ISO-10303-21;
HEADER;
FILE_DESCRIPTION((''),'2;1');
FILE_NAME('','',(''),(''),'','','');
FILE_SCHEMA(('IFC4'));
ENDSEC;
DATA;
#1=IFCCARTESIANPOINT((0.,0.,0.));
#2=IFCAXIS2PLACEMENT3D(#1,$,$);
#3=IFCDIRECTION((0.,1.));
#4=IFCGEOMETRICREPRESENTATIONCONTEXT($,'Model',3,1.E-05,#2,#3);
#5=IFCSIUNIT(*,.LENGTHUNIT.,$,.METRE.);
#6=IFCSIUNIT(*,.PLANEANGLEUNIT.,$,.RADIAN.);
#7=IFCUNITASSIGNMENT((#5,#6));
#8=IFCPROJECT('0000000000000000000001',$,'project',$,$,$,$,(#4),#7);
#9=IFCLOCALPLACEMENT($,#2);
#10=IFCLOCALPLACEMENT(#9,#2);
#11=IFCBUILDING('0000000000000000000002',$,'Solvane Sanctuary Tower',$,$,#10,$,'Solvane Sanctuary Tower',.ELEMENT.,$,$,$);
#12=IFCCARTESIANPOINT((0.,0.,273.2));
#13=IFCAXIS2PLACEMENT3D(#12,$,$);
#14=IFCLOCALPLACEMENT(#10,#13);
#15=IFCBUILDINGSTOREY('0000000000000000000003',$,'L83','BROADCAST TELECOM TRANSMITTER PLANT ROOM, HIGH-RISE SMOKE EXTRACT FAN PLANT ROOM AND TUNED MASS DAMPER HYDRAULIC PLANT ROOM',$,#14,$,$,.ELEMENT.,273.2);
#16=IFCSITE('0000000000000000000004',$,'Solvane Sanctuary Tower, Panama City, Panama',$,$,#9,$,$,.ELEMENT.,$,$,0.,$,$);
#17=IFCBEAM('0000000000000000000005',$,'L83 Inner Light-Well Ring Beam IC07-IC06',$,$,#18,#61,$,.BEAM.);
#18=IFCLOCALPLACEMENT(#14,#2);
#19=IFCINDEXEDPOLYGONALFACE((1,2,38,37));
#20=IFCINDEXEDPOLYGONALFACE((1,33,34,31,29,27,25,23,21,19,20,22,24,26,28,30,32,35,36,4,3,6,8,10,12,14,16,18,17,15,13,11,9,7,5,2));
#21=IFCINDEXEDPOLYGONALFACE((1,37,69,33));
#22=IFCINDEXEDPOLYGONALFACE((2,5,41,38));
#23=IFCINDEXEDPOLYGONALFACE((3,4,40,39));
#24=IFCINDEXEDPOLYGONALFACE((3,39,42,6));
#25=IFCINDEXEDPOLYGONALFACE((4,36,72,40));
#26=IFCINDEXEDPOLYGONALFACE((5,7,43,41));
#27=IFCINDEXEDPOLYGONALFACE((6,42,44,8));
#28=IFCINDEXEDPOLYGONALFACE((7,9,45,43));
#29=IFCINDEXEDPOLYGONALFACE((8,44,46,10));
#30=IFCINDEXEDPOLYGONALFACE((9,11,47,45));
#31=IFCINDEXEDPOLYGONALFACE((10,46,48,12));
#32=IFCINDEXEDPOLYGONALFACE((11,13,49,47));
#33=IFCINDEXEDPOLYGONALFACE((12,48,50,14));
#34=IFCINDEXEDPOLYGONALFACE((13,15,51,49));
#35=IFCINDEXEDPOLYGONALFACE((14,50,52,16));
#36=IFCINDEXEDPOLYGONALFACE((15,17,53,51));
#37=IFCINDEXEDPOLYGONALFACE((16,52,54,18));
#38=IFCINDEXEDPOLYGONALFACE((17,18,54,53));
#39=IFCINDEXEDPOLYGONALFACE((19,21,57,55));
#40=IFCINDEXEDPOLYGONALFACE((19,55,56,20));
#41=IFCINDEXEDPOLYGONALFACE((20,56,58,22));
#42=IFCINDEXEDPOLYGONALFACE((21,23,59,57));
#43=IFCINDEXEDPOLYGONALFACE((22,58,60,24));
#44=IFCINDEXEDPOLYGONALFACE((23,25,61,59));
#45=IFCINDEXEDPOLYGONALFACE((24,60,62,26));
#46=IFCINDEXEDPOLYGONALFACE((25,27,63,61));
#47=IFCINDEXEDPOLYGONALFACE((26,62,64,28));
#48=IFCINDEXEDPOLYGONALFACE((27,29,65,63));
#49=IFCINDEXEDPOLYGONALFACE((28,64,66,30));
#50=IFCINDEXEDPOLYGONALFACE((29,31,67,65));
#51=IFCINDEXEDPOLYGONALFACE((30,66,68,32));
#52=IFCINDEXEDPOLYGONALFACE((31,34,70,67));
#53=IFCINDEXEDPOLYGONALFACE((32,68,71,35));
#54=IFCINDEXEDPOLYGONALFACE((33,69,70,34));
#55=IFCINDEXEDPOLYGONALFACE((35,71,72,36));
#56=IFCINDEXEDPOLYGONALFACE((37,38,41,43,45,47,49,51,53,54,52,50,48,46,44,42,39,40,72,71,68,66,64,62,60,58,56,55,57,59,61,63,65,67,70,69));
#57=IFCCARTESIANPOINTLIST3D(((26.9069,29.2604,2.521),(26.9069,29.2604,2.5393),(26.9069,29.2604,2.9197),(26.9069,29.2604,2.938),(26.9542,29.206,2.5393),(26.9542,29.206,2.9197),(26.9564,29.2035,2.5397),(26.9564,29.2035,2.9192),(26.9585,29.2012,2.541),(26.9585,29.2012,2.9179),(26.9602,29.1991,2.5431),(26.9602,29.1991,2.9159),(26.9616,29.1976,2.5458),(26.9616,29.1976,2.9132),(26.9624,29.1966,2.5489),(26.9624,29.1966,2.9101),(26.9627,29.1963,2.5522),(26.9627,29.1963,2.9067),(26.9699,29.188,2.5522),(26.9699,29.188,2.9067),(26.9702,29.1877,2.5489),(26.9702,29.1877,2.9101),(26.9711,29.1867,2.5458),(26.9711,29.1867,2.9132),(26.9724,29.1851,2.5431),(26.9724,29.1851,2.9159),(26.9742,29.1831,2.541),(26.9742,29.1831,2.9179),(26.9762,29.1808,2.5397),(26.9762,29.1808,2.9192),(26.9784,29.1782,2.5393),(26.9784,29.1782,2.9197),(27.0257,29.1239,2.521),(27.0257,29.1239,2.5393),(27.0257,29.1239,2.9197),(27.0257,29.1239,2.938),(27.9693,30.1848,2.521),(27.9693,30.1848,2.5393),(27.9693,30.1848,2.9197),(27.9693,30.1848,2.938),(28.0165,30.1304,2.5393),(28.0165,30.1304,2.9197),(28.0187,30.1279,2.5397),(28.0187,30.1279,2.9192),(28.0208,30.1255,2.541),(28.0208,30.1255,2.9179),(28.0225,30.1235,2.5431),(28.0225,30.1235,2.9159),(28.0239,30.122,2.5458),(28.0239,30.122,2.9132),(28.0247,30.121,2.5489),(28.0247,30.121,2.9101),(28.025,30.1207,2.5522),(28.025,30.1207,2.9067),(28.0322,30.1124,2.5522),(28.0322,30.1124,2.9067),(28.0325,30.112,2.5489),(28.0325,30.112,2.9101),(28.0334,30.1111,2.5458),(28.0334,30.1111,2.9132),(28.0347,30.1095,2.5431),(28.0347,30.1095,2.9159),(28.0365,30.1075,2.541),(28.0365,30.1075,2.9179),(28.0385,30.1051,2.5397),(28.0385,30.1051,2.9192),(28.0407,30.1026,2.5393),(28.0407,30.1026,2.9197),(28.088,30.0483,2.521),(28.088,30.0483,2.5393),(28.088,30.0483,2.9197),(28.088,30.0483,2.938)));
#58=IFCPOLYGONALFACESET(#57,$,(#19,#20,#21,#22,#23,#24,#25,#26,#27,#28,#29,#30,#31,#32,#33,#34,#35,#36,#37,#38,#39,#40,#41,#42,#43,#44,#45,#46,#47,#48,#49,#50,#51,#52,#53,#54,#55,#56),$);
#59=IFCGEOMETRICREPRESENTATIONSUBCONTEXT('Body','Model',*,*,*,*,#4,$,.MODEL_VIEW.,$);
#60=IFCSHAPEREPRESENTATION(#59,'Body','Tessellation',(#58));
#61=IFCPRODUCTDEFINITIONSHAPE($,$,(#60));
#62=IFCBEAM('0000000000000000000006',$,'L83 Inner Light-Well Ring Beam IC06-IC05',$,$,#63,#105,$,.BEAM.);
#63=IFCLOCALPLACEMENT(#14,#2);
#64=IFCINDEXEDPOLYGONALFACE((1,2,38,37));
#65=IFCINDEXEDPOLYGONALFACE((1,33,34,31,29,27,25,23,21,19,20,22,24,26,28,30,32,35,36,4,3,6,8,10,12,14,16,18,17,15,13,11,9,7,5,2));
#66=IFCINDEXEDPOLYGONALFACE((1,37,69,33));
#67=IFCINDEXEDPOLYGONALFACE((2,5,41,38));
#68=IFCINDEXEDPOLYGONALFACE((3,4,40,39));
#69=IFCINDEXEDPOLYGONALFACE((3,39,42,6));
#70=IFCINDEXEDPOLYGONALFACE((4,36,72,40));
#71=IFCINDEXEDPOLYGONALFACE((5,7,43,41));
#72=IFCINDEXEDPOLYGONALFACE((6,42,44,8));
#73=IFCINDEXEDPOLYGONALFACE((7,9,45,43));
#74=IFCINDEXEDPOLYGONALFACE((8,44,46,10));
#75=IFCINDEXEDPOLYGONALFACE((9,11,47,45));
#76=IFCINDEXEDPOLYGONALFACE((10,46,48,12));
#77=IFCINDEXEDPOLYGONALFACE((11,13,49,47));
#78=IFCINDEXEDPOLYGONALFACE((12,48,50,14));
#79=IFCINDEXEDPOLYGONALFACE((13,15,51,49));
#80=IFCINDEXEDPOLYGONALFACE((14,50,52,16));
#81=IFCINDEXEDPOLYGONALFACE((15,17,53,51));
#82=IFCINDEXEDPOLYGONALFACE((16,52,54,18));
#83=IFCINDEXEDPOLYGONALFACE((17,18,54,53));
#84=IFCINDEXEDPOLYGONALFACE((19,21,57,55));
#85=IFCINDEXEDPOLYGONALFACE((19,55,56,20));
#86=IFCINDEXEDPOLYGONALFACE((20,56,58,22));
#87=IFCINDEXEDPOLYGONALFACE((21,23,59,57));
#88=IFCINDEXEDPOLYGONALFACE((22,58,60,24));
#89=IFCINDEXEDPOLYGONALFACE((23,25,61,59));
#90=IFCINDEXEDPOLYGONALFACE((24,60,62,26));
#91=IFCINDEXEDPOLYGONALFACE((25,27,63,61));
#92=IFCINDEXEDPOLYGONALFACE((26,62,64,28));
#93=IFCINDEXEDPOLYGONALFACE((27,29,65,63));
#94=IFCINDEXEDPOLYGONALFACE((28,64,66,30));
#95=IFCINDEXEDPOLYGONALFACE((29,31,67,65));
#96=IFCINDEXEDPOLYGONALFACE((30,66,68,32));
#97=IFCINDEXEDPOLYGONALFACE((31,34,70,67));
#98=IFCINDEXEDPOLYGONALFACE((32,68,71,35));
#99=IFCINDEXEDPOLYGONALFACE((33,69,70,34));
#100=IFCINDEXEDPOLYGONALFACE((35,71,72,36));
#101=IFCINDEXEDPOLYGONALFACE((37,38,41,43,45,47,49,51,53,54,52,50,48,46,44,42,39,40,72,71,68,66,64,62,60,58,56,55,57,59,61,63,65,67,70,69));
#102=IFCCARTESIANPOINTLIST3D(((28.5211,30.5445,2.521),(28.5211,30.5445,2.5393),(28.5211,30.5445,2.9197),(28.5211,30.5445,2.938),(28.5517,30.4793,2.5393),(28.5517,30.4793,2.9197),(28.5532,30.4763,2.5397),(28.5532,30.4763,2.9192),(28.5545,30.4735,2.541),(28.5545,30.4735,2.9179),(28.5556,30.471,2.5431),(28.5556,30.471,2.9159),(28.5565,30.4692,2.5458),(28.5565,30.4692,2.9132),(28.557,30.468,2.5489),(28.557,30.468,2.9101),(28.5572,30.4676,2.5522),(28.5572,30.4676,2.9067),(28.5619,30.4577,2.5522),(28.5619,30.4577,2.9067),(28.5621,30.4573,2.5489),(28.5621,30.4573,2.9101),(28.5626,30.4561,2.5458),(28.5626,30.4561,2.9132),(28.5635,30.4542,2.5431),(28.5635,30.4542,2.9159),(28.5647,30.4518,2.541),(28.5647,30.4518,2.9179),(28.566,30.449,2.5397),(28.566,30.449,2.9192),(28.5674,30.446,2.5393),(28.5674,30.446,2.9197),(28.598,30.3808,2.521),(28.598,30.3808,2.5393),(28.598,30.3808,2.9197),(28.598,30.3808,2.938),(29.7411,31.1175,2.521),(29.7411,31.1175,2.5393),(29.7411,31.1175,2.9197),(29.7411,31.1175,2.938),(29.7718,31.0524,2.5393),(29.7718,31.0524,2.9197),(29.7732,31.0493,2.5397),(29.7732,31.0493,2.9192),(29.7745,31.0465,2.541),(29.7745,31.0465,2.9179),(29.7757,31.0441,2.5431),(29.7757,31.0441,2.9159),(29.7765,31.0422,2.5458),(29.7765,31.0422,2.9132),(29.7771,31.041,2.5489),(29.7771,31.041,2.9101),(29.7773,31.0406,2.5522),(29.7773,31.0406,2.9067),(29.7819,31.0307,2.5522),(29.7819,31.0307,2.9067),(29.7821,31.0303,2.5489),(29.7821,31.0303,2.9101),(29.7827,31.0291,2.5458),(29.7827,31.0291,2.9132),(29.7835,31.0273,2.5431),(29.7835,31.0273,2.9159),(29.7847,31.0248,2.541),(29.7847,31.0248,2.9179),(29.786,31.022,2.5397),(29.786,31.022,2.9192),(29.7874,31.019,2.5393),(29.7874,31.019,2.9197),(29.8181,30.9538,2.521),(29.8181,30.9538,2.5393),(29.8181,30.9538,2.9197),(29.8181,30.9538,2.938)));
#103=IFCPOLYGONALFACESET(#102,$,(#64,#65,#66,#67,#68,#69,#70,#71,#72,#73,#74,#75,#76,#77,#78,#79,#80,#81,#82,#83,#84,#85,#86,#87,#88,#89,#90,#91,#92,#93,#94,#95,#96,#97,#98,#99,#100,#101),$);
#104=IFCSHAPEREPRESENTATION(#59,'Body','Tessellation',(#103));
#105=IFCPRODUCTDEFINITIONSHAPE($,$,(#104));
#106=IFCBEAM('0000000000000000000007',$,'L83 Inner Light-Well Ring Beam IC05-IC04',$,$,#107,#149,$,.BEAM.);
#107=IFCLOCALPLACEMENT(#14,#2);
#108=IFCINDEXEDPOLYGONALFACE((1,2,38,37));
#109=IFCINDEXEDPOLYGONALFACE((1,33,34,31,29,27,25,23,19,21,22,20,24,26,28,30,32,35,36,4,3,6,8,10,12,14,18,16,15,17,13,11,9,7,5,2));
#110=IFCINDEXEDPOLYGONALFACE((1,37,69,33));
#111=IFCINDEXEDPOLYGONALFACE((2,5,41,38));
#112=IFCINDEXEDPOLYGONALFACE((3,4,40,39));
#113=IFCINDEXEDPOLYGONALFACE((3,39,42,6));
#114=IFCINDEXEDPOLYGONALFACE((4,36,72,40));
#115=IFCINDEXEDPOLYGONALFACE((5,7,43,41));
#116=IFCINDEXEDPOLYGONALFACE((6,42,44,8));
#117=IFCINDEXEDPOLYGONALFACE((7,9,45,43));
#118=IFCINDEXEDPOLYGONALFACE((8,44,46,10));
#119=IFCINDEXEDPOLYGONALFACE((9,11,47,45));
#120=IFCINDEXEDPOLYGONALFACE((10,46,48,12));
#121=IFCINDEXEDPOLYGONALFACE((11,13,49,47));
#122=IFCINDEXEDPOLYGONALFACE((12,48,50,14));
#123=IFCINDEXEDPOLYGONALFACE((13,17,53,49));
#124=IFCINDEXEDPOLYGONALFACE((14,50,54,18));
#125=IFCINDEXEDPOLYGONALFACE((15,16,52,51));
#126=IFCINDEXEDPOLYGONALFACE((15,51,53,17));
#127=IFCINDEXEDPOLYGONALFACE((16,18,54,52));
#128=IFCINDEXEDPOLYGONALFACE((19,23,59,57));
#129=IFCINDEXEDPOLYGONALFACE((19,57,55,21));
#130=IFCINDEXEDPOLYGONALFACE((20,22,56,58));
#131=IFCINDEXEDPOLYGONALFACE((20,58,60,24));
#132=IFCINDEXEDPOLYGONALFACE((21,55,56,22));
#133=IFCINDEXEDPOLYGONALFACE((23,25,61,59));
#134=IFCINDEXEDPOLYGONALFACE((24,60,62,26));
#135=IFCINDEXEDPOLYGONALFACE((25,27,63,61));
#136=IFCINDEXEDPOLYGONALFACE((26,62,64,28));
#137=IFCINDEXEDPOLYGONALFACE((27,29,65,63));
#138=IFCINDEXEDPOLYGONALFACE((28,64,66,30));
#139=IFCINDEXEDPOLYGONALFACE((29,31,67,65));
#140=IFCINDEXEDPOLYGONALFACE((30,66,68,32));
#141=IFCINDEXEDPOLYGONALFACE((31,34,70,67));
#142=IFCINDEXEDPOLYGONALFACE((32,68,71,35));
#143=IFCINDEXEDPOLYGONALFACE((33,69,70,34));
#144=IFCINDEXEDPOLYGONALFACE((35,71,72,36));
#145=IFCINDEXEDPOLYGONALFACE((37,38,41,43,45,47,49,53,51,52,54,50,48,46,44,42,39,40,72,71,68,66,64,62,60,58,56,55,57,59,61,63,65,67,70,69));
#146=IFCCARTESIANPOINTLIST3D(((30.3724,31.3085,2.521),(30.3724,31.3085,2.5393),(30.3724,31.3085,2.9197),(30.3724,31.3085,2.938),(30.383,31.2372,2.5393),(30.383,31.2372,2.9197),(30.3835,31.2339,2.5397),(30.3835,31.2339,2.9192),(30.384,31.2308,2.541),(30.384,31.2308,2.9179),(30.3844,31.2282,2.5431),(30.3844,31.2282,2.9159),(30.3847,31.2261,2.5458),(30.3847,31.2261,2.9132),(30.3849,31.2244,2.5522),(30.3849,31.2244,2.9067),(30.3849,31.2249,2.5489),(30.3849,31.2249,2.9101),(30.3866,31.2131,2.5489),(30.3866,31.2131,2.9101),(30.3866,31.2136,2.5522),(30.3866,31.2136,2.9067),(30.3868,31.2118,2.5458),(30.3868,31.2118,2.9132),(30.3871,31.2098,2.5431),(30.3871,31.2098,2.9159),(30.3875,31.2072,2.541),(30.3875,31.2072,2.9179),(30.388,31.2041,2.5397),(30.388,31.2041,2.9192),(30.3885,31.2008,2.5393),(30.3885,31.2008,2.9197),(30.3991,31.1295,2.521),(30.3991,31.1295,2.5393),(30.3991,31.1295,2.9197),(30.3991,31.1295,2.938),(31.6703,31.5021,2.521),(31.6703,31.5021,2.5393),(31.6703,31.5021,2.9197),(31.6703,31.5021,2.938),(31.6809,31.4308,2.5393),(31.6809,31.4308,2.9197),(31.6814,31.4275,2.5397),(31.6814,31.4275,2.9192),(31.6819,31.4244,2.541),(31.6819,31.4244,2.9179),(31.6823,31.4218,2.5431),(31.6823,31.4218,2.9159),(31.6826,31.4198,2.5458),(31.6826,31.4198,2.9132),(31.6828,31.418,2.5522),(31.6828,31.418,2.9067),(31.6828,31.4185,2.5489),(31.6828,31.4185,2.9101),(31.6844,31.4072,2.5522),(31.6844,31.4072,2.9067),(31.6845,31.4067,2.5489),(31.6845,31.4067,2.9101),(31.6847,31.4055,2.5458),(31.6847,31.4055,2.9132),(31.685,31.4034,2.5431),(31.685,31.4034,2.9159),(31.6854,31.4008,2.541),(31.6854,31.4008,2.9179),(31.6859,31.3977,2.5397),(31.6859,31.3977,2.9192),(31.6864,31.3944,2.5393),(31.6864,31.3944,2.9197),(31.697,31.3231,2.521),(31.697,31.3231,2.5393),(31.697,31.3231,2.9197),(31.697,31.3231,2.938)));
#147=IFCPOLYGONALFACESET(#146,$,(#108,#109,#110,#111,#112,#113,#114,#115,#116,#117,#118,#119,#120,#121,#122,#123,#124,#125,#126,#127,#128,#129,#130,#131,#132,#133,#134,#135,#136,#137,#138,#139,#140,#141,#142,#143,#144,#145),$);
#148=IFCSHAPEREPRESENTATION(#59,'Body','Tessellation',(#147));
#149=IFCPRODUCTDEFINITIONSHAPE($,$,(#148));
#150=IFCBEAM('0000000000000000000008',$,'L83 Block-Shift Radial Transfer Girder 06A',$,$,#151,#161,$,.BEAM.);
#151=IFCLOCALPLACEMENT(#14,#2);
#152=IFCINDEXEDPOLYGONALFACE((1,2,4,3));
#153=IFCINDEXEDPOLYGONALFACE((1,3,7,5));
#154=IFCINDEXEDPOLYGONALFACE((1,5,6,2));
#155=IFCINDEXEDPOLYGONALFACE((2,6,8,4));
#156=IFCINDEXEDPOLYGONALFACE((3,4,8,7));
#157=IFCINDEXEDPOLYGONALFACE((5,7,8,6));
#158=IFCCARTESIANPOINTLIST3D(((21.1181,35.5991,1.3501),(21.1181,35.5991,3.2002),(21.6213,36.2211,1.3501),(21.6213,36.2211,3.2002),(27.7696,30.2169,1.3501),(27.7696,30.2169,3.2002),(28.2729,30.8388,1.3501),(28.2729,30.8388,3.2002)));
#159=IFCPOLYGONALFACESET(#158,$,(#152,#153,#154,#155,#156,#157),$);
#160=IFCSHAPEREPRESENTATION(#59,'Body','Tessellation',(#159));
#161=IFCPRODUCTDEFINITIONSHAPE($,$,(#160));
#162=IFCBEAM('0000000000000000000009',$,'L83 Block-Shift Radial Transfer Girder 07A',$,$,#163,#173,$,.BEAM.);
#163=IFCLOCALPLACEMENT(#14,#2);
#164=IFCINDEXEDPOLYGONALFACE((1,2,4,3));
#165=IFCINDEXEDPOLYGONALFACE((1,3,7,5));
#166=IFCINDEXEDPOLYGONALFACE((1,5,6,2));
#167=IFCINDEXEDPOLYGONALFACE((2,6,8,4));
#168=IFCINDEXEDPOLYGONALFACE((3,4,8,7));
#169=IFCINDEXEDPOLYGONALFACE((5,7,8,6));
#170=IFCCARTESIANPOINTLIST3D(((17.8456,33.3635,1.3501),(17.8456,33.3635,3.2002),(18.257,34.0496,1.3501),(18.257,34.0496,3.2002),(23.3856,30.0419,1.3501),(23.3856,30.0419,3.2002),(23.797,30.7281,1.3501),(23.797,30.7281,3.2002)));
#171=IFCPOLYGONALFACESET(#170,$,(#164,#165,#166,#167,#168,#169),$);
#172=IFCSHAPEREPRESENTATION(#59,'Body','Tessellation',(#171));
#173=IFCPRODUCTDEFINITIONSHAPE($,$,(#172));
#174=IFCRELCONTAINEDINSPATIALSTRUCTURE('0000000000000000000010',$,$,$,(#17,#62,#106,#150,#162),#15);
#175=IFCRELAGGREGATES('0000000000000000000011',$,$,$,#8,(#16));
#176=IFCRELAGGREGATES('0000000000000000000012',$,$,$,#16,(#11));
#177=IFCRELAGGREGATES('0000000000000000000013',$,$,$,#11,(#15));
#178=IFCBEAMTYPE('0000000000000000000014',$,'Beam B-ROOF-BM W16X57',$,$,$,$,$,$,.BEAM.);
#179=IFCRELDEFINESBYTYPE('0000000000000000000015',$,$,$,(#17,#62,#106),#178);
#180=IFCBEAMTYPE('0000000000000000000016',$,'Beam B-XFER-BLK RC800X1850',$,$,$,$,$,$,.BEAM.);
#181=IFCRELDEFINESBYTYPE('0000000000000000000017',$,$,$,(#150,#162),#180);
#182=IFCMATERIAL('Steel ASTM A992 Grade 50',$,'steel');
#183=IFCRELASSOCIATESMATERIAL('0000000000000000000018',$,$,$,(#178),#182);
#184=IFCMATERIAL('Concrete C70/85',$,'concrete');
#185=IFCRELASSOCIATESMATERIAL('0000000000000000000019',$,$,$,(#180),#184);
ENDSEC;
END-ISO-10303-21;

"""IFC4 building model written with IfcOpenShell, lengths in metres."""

from ifc_helpers import new_model, si_unit, direction, frame, origin, origin_2d, place, context, subcontext, project, spatial, rectangle, i_section, extrude, material, material_profile, profile_set, type_object, element, save


model = new_model("IFC4")

# Units and contexts
model_context = context("Model", 3, precision=1e-05, world=origin(), true_north=direction((0.0, 1.0)))
body_context = subcontext(model_context, "Body", "Model", "MODEL_VIEW")
ifc_project = project(units=[si_unit("LENGTHUNIT", "METRE"), si_unit("PLANEANGLEUNIT", "RADIAN")], contexts=[model_context])

# Site, building, storey
site_placement = place(None, origin())
site = spatial("IfcSite", under=ifc_project, at=site_placement, Name="Solvane Sanctuary Tower, Panama City, Panama", CompositionType="ELEMENT", RefElevation=0.0)
building_placement = place(site_placement, origin())
building = spatial("IfcBuilding", under=site, at=building_placement, Name="Solvane Sanctuary Tower", LongName="Solvane Sanctuary Tower", CompositionType="ELEMENT")
storey_placement = place(building_placement, frame((0.0, 0.0, 273.2)))
storey = spatial("IfcBuildingStorey", under=building, at=storey_placement, Name="L83", Description="BROADCAST TELECOM TRANSMITTER PLANT ROOM, HIGH-RISE SMOKE EXTRACT FAN PLANT ROOM AND TUNED MASS DAMPER HYDRAULIC PLANT ROOM", CompositionType="ELEMENT", Elevation=273.2)

# Shared definitions
ifc_material_1 = material(Name="Concrete C70/85", Category="concrete")

# Beams
ifc_material_2 = material(Name="Steel ASTM A992 Grade 50", Category="steel")
ifc_material_profile_1 = material_profile(ifc_material_2, i_section(OverallWidth=0.1809, OverallDepth=0.417, WebThickness=0.011, FlangeThickness=0.0183, FilletRadius=0.0129, at=origin_2d()), Name="W16X57")
ifc_profile_set_1 = profile_set([ifc_material_profile_1], Name="Steel ASTM A992 Grade 50")
beam_type_1 = type_object("IfcBeamType", Name="Beam B-ROOF-BM W16X57", PredefinedType="BEAM", material=ifc_profile_set_1)
beam_1_placement = place(storey_placement, frame((26.9663, 29.1921, 2.7295), z_axis=(0.754389, 0.656428, 0.0), x_axis=(-0.656428, 0.754389, 0.0)))
element("IfcBeam", 1, at=beam_1_placement, inside=storey, type_object=beam_type_1, Name="L83 Inner Light-Well Ring Beam IC07-IC06", PredefinedType="BEAM", context=body_context, shape_type="SweptSolid", body=[
    extrude(i_section(OverallWidth=0.1809, OverallDepth=0.417, WebThickness=0.011, FlangeThickness=0.0183, FilletRadius=0.0129, at=origin_2d()), origin(), (0.0, 0.0, 1.0), 1.4082),
])
beam_2_placement = place(storey_placement, frame((28.5596, 30.4626, 2.7295), z_axis=(0.905135, 0.425125, 0.0), x_axis=(-0.425125, 0.905135, 0.0)))
element("IfcBeam", 2, at=beam_2_placement, inside=storey, type_object=beam_type_1, Name="L83 Inner Light-Well Ring Beam IC06-IC05", PredefinedType="BEAM", context=body_context, shape_type="SweptSolid", body=[
    extrude(i_section(OverallWidth=0.1809, OverallDepth=0.417, WebThickness=0.011, FlangeThickness=0.0183, FilletRadius=0.0129, at=origin_2d()), origin(), (0.0, 0.0, 1.0), 1.3479),
])
beam_3_placement = place(storey_placement, frame((30.3857, 31.219, 2.7295), z_axis=(0.989056, 0.14754, 0.0), x_axis=(-0.14754, 0.989056, 0.0)))
element("IfcBeam", 3, at=beam_3_placement, inside=storey, type_object=beam_type_1, Name="L83 Inner Light-Well Ring Beam IC05-IC04", PredefinedType="BEAM", context=body_context, shape_type="SweptSolid", body=[
    extrude(i_section(OverallWidth=0.1809, OverallDepth=0.417, WebThickness=0.011, FlangeThickness=0.0183, FilletRadius=0.0129, at=origin_2d()), origin(), (0.0, 0.0, 1.0), 1.3123),
])
ifc_material_profile_2 = material_profile(ifc_material_1, rectangle(XDim=0.8, YDim=1.8501, at=origin_2d()), Name="RC800X1850")
ifc_profile_set_2 = profile_set([ifc_material_profile_2], Name="Concrete C70/85")
beam_type_2 = type_object("IfcBeamType", Name="Beam B-XFER-BLK RC800X1850", PredefinedType="BEAM", material=ifc_profile_set_2)
beam_4_placement = place(storey_placement, frame((28.0212, 30.5278, 2.2751), z_axis=(-0.777377, 0.629035, 0.0), x_axis=(-0.629035, -0.777377, 0.0)))
element("IfcBeam", 4, at=beam_4_placement, inside=storey, type_object=beam_type_2, Name="L83 Block-Shift Radial Transfer Girder 06A", PredefinedType="BEAM", context=body_context, shape_type="SweptSolid", body=[
    extrude(rectangle(XDim=0.8, YDim=1.8501, at=origin_2d()), origin(), (0.0, 0.0, 1.0), 8.5564),
])
beam_5_placement = place(storey_placement, frame((23.5913, 30.385, 2.2751), z_axis=(-0.857663, 0.514212, 0.0), x_axis=(-0.514212, -0.857663, 0.0)))
element("IfcBeam", 5, at=beam_5_placement, inside=storey, type_object=beam_type_2, Name="L83 Block-Shift Radial Transfer Girder 07A", PredefinedType="BEAM", context=body_context, shape_type="SweptSolid", body=[
    extrude(rectangle(XDim=0.8, YDim=1.8501, at=origin_2d()), origin(), (0.0, 0.0, 1.0), 6.4595),
])

save(model, "model.ifc")
